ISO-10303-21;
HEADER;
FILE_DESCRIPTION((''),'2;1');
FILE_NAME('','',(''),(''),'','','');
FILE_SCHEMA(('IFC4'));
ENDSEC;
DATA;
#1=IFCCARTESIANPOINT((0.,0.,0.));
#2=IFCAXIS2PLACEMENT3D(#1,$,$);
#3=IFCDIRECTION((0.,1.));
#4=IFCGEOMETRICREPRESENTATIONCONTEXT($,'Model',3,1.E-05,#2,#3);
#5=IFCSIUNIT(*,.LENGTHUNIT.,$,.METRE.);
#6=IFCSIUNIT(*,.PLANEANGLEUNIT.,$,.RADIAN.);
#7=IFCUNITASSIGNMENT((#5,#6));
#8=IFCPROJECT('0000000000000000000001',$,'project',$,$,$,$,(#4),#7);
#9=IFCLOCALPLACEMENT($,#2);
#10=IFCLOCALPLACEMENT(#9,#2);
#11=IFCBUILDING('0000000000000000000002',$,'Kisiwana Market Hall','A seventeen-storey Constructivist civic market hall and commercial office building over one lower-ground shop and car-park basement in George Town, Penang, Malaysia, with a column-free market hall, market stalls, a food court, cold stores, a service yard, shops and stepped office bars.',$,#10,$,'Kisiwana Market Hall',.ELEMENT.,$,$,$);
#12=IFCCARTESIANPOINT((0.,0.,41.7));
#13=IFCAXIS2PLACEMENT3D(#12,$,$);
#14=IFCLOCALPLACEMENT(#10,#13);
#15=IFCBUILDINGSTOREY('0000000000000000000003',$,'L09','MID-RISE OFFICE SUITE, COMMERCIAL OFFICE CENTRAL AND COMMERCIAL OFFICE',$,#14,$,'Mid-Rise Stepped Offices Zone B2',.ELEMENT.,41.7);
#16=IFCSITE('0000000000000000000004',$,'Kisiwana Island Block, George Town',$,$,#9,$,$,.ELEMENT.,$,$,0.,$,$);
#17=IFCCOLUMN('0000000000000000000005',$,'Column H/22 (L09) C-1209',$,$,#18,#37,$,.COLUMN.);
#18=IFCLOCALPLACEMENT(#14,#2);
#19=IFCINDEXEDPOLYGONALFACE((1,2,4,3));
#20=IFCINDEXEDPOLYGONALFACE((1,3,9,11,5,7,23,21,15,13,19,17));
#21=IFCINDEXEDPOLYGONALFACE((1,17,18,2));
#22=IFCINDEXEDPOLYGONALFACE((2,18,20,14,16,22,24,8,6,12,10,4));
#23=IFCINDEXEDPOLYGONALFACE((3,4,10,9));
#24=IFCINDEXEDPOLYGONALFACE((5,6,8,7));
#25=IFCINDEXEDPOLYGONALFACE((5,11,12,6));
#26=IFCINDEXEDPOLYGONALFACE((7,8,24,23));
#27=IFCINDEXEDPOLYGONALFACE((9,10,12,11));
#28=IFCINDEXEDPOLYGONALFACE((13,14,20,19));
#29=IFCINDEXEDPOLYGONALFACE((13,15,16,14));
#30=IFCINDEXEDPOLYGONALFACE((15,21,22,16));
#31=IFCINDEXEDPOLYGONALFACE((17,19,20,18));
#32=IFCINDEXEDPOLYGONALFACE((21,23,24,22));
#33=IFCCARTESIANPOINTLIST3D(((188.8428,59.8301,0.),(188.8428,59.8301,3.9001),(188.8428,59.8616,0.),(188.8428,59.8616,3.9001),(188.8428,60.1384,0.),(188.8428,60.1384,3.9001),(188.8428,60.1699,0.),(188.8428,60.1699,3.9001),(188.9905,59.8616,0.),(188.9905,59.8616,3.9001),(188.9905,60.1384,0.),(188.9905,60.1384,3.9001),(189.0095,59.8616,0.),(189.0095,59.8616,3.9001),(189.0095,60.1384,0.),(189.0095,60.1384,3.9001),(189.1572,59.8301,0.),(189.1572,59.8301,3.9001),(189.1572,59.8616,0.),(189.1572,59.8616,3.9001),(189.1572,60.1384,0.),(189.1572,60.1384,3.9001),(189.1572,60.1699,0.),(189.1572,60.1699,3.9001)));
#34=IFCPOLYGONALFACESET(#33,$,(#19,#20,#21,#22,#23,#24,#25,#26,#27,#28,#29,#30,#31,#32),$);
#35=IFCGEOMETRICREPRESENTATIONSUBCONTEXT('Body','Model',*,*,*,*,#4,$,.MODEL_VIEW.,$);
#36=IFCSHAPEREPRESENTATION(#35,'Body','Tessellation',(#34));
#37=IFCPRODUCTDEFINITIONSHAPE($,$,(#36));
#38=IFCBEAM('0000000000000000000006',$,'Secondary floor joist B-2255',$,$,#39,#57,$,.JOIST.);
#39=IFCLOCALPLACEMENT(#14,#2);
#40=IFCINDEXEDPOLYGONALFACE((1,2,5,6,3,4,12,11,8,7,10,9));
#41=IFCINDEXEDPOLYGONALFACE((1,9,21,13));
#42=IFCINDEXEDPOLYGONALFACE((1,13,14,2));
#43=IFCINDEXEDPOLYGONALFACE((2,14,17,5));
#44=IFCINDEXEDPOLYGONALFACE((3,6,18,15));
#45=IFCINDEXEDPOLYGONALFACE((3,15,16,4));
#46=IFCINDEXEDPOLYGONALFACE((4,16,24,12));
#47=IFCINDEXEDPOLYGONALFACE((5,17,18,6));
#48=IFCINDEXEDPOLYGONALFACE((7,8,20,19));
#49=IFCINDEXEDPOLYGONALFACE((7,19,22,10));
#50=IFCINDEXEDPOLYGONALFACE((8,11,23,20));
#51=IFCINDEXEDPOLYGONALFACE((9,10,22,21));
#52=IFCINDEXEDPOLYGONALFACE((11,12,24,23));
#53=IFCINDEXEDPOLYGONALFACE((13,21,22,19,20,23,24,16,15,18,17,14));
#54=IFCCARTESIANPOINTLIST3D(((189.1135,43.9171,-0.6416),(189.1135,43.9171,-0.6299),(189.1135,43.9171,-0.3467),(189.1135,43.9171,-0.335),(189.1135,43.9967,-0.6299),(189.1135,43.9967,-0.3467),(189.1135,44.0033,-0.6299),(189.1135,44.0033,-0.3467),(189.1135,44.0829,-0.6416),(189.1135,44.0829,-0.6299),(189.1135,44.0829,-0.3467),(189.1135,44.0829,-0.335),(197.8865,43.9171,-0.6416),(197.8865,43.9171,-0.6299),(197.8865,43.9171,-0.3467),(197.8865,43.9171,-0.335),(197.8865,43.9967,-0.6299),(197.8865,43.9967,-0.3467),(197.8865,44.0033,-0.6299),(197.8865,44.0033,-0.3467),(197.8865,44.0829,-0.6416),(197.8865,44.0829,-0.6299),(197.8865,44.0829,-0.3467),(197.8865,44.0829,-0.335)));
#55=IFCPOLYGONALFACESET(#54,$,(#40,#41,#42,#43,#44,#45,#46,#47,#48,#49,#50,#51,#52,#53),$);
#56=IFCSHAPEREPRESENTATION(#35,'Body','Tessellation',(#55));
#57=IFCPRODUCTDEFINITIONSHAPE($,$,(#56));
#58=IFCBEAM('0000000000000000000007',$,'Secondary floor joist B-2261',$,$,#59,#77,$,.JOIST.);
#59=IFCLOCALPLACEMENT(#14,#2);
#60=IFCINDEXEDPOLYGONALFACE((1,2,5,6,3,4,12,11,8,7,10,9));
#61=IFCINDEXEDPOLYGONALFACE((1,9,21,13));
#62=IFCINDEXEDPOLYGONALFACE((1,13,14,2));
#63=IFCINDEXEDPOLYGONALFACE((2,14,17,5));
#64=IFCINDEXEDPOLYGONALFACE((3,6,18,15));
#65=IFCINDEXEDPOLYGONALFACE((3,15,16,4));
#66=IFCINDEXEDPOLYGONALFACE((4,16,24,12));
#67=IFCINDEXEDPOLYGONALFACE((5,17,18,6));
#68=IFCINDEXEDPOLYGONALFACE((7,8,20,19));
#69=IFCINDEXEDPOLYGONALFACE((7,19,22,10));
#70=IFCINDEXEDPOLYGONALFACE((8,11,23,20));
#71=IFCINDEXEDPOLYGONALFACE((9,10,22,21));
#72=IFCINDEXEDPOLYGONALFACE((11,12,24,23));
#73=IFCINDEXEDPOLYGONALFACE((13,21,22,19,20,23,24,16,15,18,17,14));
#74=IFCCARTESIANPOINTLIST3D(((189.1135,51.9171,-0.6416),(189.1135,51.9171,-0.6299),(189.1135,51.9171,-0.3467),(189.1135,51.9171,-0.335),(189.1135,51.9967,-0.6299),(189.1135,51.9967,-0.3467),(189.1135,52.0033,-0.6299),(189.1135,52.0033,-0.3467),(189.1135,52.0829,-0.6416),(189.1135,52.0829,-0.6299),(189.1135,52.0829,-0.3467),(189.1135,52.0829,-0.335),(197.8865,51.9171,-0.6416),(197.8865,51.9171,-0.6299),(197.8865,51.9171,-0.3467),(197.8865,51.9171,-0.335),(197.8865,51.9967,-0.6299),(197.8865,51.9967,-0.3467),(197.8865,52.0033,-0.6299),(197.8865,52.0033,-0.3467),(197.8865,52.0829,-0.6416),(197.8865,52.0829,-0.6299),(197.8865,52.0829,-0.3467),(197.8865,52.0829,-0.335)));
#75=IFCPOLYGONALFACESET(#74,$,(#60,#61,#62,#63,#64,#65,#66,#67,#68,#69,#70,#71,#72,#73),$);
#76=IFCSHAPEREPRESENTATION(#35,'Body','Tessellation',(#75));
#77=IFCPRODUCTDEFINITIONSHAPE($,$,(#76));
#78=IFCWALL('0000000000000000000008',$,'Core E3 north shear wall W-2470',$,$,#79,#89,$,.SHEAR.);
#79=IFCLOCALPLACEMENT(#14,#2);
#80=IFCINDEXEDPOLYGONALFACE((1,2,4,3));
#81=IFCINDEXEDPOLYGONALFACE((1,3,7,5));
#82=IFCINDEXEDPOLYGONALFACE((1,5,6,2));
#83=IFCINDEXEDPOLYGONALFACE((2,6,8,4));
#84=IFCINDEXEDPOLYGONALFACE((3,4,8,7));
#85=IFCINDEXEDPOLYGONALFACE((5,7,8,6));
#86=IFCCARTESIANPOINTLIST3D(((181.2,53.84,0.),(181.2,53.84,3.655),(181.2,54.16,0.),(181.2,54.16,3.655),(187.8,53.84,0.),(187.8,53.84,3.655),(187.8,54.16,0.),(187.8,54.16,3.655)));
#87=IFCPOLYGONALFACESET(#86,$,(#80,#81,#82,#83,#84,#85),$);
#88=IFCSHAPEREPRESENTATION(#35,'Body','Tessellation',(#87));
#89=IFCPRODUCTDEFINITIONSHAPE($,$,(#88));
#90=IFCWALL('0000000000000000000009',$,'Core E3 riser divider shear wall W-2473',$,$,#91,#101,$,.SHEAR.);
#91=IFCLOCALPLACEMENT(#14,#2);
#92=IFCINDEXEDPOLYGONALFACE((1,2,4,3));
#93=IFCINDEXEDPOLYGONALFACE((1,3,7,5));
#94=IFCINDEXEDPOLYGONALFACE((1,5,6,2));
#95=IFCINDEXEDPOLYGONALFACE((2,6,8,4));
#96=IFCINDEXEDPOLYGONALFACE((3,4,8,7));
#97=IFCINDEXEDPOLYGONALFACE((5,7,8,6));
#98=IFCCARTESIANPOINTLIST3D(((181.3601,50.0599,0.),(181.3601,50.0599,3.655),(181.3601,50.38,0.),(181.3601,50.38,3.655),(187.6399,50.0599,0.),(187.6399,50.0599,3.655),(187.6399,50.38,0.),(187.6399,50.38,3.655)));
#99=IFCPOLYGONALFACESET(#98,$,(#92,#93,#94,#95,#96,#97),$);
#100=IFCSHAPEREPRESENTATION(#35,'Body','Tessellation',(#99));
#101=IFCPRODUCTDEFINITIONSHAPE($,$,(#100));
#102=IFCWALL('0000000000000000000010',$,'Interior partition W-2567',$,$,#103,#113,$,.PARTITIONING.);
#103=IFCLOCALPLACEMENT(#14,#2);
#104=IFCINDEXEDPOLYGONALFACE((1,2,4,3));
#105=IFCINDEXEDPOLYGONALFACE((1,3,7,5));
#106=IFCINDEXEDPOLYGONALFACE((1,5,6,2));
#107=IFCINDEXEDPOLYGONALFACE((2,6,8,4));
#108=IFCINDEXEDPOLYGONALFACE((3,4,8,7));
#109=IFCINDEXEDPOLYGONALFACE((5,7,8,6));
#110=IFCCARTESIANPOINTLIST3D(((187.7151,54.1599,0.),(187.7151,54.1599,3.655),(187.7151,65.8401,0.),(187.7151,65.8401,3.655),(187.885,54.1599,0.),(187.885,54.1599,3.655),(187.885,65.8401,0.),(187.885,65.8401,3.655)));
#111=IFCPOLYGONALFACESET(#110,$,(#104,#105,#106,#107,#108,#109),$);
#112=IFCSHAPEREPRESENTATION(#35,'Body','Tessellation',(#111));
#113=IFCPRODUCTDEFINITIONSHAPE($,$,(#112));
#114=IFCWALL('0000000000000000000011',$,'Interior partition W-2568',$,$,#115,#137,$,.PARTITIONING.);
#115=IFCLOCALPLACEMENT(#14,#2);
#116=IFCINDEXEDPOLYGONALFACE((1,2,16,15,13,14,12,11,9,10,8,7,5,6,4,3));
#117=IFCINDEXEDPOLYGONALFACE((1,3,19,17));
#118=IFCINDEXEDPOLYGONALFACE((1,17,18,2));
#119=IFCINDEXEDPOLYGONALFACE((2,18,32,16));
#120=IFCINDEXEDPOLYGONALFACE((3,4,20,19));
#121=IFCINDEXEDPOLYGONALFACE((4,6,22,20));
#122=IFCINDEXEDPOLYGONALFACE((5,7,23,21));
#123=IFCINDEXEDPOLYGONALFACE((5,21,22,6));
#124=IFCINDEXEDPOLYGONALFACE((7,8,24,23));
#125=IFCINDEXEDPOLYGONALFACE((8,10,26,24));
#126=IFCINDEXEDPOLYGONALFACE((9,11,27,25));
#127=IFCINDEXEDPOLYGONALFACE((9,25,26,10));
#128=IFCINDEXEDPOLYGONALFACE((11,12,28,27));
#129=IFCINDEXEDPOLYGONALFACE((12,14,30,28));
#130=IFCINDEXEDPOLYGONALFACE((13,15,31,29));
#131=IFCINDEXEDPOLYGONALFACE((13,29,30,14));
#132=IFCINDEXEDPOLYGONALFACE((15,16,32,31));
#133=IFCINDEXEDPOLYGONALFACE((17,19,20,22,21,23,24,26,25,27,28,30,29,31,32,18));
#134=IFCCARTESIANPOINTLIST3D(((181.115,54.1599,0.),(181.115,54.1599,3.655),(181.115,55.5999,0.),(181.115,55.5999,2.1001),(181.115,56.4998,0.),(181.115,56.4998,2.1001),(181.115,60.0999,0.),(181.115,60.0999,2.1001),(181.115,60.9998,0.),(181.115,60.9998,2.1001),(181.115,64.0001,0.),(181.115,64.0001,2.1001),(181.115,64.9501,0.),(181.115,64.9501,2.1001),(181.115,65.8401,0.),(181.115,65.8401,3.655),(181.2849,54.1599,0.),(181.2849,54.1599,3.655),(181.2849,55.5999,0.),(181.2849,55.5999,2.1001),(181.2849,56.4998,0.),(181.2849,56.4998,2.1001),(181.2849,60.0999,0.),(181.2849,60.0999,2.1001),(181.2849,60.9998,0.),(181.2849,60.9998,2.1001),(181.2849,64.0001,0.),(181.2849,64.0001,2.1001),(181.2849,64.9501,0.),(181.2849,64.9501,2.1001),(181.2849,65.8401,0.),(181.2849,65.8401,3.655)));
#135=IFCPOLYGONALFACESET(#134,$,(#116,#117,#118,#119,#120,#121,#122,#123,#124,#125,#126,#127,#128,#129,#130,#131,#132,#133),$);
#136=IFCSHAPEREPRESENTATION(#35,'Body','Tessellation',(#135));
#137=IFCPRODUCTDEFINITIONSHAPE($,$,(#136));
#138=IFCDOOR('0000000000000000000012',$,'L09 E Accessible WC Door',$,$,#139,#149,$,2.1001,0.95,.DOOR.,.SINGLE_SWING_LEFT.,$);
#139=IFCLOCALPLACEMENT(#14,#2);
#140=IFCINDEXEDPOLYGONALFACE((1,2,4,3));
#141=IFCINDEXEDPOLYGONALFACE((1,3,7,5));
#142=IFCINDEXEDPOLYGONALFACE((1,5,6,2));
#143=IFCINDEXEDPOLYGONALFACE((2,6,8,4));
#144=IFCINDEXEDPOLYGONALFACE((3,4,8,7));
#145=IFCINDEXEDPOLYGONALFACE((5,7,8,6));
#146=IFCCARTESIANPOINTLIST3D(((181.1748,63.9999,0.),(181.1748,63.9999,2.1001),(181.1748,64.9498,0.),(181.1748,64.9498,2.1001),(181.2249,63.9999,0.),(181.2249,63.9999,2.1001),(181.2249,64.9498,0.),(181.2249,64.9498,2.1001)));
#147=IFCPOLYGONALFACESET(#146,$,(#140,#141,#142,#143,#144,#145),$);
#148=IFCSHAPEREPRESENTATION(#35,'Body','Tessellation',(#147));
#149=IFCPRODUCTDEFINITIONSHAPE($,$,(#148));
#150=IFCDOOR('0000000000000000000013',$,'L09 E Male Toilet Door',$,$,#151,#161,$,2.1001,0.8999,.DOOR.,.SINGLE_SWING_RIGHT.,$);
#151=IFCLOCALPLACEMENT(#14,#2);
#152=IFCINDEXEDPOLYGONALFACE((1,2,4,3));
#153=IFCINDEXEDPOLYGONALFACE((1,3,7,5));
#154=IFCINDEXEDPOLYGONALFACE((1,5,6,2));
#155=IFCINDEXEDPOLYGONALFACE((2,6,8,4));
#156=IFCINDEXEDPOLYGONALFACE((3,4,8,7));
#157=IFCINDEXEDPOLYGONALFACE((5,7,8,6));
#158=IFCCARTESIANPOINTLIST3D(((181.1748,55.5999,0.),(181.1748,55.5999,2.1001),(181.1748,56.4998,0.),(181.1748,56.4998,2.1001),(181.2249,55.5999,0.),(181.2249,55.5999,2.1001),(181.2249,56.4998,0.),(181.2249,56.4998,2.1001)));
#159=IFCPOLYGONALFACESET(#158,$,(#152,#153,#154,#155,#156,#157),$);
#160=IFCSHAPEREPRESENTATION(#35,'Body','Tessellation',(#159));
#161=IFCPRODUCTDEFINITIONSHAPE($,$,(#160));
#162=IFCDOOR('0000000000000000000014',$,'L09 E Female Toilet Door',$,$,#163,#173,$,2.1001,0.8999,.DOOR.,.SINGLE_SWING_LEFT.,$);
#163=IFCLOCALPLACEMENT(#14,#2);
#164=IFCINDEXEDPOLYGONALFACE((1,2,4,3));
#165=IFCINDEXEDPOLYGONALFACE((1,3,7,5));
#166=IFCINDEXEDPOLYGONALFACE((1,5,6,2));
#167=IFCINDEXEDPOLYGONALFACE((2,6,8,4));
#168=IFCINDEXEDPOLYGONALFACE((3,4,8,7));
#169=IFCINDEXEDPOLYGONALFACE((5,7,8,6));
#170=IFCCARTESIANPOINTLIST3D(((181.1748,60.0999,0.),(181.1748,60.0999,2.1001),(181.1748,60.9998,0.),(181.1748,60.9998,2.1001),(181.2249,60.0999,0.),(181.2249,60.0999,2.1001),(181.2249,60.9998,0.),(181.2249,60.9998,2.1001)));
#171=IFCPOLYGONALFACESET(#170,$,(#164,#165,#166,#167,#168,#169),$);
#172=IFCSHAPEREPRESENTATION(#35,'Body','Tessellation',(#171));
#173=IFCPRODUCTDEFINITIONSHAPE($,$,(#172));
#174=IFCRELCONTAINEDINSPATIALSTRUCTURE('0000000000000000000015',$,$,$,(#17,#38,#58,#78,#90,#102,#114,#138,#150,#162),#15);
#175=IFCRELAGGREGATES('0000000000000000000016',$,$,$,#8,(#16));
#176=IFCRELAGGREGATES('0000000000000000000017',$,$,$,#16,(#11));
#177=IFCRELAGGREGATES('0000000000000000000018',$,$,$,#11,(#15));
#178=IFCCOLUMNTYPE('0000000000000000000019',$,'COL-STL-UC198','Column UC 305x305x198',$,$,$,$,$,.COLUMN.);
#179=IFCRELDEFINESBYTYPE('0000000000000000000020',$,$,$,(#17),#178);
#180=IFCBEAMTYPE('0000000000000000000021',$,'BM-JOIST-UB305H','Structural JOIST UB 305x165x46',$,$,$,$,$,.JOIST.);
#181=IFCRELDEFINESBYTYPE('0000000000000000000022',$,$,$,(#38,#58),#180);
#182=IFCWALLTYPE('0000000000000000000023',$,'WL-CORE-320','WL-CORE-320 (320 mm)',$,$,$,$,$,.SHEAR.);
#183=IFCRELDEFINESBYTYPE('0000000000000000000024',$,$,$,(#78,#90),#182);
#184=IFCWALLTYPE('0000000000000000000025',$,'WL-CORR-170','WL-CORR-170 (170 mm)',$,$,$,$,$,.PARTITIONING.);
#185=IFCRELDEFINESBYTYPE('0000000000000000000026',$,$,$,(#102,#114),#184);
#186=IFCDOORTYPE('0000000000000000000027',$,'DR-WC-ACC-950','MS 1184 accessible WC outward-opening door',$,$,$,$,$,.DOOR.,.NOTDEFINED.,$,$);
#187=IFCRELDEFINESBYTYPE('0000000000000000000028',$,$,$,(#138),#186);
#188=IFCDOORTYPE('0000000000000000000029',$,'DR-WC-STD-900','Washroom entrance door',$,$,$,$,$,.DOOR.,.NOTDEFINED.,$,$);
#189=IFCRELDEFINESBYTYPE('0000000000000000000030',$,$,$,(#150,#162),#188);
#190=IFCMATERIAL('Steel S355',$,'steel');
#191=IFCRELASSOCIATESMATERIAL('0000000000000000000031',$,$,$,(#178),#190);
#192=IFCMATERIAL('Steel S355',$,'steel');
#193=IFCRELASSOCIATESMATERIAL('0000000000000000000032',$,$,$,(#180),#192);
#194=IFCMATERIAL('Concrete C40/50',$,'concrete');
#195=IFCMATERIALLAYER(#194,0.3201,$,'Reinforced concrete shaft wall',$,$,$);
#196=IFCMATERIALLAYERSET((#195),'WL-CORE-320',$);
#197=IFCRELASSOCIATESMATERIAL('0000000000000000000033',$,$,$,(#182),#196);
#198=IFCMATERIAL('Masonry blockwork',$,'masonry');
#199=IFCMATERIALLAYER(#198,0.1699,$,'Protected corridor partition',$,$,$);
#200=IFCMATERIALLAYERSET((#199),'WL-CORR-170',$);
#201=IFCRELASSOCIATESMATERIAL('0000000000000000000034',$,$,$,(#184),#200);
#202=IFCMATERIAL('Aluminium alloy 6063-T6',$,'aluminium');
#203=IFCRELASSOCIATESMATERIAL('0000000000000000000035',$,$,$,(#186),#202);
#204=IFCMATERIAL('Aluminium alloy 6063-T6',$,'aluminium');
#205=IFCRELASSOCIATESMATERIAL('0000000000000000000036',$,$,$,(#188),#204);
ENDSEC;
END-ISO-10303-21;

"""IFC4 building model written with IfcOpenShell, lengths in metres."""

from ifc_helpers import new_model, si_unit, direction, frame, frame_2d, origin, origin_2d, place, context, subcontext, project, spatial, rectangle, i_section, extrude, material, layer, layer_set, material_profile, profile_set, type_object, element, fill, save


model = new_model("IFC4")

# Units and contexts
model_context = context("Model", 3, precision=1e-05, world=origin(), true_north=direction((0.0, 1.0)))
body_context = subcontext(model_context, "Body", "Model", "MODEL_VIEW")
ifc_project = project(units=[si_unit("LENGTHUNIT", "METRE"), si_unit("PLANEANGLEUNIT", "RADIAN")], contexts=[model_context])

# Site, building, storey
site_placement = place(None, origin())
site = spatial("IfcSite", under=ifc_project, at=site_placement, Name="Kisiwana Island Block, George Town", CompositionType="ELEMENT", RefElevation=0.0)
building_placement = place(site_placement, origin())
building = spatial("IfcBuilding", under=site, at=building_placement, Name="Kisiwana Market Hall", Description="A seventeen-storey Constructivist civic market hall and commercial office building over one lower-ground shop and car-park basement in George Town, Penang, Malaysia, with a column-free market hall, market stalls, a food court, cold stores, a service yard, shops and stepped office bars.", LongName="Kisiwana Market Hall", CompositionType="ELEMENT")
storey_placement = place(building_placement, frame((0.0, 0.0, 41.7)))
storey = spatial("IfcBuildingStorey", under=building, at=storey_placement, Name="L09", Description="MID-RISE OFFICE SUITE, COMMERCIAL OFFICE CENTRAL AND COMMERCIAL OFFICE", LongName="Mid-Rise Stepped Offices Zone B2", CompositionType="ELEMENT", Elevation=41.7)

# Column
ifc_material_1 = material(Name="Steel S355", Category="steel")
ifc_material_profile_1 = material_profile(ifc_material_1, i_section(OverallWidth=0.3145, OverallDepth=0.3398, WebThickness=0.019, FlangeThickness=0.0315, at=origin_2d()), Name="UC 305x305x198")
ifc_profile_set_1 = profile_set([ifc_material_profile_1], Name="Steel S355")
column_type = type_object("IfcColumnType", Name="COL-STL-UC198", Description="Column UC 305x305x198", PredefinedType="COLUMN", material=ifc_profile_set_1)
column_placement = place(storey_placement, frame((189.0, 60.0, 0.0), z_axis=(0.0, 0.0, 1.0), x_axis=(1.0, 0.0, 0.0)))
element("IfcColumn", 1, at=column_placement, inside=storey, type_object=column_type, Name="Column H/22 (L09) C-1209", PredefinedType="COLUMN", context=body_context, shape_type="SweptSolid", body=[
    extrude(i_section(OverallWidth=0.3145, OverallDepth=0.3398, WebThickness=0.019, FlangeThickness=0.0315, at=origin_2d()), origin(), (0.0, 0.0, 1.0), 3.9001),
])

# Beams
ifc_material_2 = material(Name="Steel S355", Category="steel")
ifc_material_profile_2 = material_profile(ifc_material_2, i_section(OverallWidth=0.1658, OverallDepth=0.3066, WebThickness=0.0066, FlangeThickness=0.0117, at=origin_2d()), Name="UB 305x165x46")
ifc_profile_set_2 = profile_set([ifc_material_profile_2], Name="Steel S355")
beam_type = type_object("IfcBeamType", Name="BM-JOIST-UB305H", Description="Structural JOIST UB 305x165x46", PredefinedType="JOIST", material=ifc_profile_set_2)
for number, where, z_axis, x_axis, name in (
    (2, (189.1135, 44.0, -0.4883), (1.0, 0.0, 0.0), (0.0, 1.0, 0.0), "Secondary floor joist B-2255"),
    (3, (189.1135, 52.0, -0.4883), (1.0, 0.0, 0.0), (0.0, 1.0, 0.0), "Secondary floor joist B-2261"),
):
    element("IfcBeam", number, at=place(storey_placement, frame(where, z_axis=z_axis, x_axis=x_axis)), inside=storey, type_object=beam_type, Name=name, PredefinedType="JOIST", context=body_context, shape_type="SweptSolid", body=[
        extrude(i_section(OverallWidth=0.1658, OverallDepth=0.3066, WebThickness=0.0066, FlangeThickness=0.0117, at=origin_2d()), origin(), (0.0, 0.0, 1.0), 8.7729),
    ])

# Walls
ifc_material_3 = material(Name="Concrete C40/50", Category="concrete")
ifc_layer_1 = layer(ifc_material_3, 0.3201, Name="Reinforced concrete shaft wall")
ifc_layer_set_1 = layer_set([ifc_layer_1], Name="WL-CORE-320")
wall_type_1 = type_object("IfcWallType", Name="WL-CORE-320", Description="WL-CORE-320 (320 mm)", PredefinedType="SHEAR", material=ifc_layer_set_1)
wall_1_placement = place(storey_placement, frame((181.2, 54.0, 0.0), z_axis=(0.0, 0.0, 1.0), x_axis=(1.0, 0.0, 0.0)))
element("IfcWall", 4, at=wall_1_placement, inside=storey, type_object=wall_type_1, Name="Core E3 north shear wall W-2470", PredefinedType="SHEAR", context=body_context, shape_type="SweptSolid", body=[
    extrude(rectangle(XDim=6.6001, YDim=0.3201, at=frame_2d((3.3, 0.0))), origin(), (0.0, 0.0, 1.0), 3.655),
])
wall_2_placement = place(storey_placement, frame((181.3601, 50.22, 0.0), z_axis=(0.0, 0.0, 1.0), x_axis=(1.0, 0.0, 0.0)))
element("IfcWall", 5, at=wall_2_placement, inside=storey, type_object=wall_type_1, Name="Core E3 riser divider shear wall W-2473", PredefinedType="SHEAR", context=body_context, shape_type="SweptSolid", body=[
    extrude(rectangle(XDim=6.2798, YDim=0.3201, at=frame_2d((3.1399, 0.0))), origin(), (0.0, 0.0, 1.0), 3.655),
])
ifc_material_4 = material(Name="Masonry blockwork", Category="masonry")
ifc_layer_2 = layer(ifc_material_4, 0.1699, Name="Protected corridor partition")
ifc_layer_set_2 = layer_set([ifc_layer_2], Name="WL-CORR-170")
wall_type_2 = type_object("IfcWallType", Name="WL-CORR-170", Description="WL-CORR-170 (170 mm)", PredefinedType="PARTITIONING", material=ifc_layer_set_2)
wall_3_placement = place(storey_placement, frame((187.8, 54.1599, 0.0), z_axis=(0.0, 0.0, 1.0), x_axis=(0.0, 1.0, 0.0)))
element("IfcWall", 6, at=wall_3_placement, inside=storey, type_object=wall_type_2, Name="Interior partition W-2567", PredefinedType="PARTITIONING", context=body_context, shape_type="SweptSolid", body=[
    extrude(rectangle(XDim=11.6802, YDim=0.1699, at=frame_2d((5.8401, 0.0))), origin(), (0.0, 0.0, 1.0), 3.655),
])

# Wall, openings, doors
wall_4_placement = place(storey_placement, frame((181.2, 54.1599, 0.0), z_axis=(0.0, 0.0, 1.0), x_axis=(0.0, 1.0, 0.0)))
wall_4 = element("IfcWall", 7, at=wall_4_placement, inside=storey, type_object=wall_type_2, Name="Interior partition W-2568", PredefinedType="PARTITIONING", context=body_context, shape_type="SweptSolid", body=[
    extrude(rectangle(XDim=11.6802, YDim=0.1699, at=frame_2d((5.8401, 0.0))), origin(), (0.0, 0.0, 1.0), 3.655),
])
opening_1_placement = place(wall_4_placement, frame((1.4399, 0.0, 0.0)))
opening_1 = element("IfcOpeningElement", 8, at=opening_1_placement, cuts=wall_4, PredefinedType="OPENING", context=body_context, shape_type="SweptSolid", body=[
    extrude(rectangle(XDim=0.8999, YDim=2.1001, at=frame_2d((0.45, 1.05))), frame((0.0, 0.0969, 0.0), z_axis=(0.0, -1.0, 0.0), x_axis=(1.0, 0.0, 0.0)), (0.0, 0.0, 1.0), 0.1938),
])
opening_2_placement = place(wall_4_placement, frame((5.9399, 0.0, 0.0)))
opening_2 = element("IfcOpeningElement", 9, at=opening_2_placement, cuts=wall_4, PredefinedType="OPENING", context=body_context, shape_type="SweptSolid", body=[
    extrude(rectangle(XDim=0.8999, YDim=2.1001, at=frame_2d((0.45, 1.05))), frame((0.0, 0.0969, 0.0), z_axis=(0.0, -1.0, 0.0), x_axis=(1.0, 0.0, 0.0)), (0.0, 0.0, 1.0), 0.1938),
])
opening_3_placement = place(wall_4_placement, frame((9.8401, 0.0, 0.0)))
opening_3 = element("IfcOpeningElement", 10, at=opening_3_placement, cuts=wall_4, PredefinedType="OPENING", context=body_context, shape_type="SweptSolid", body=[
    extrude(rectangle(XDim=0.95, YDim=2.1001, at=frame_2d((0.4751, 1.05))), frame((0.0, 0.0969, 0.0), z_axis=(0.0, -1.0, 0.0), x_axis=(1.0, 0.0, 0.0)), (0.0, 0.0, 1.0), 0.1938),
])
ifc_material_5 = material(Name="Aluminium alloy 6063-T6", Category="aluminium")
door_type_1 = type_object("IfcDoorType", Name="DR-WC-ACC-950", Description="MS 1184 accessible WC outward-opening door", OperationType="NOTDEFINED", PredefinedType="DOOR", material=ifc_material_5)
door_1_placement = place(opening_3_placement, frame((0.95, 0.0, 0.0), z_axis=(0.0, 0.0, 1.0), x_axis=(-1.0, 0.0, 0.0)))
door_1 = element("IfcDoor", 11, at=door_1_placement, inside=storey, type_object=door_type_1, Name="L09 E Accessible WC Door", OperationType="SINGLE_SWING_LEFT", OverallHeight=2.1001, OverallWidth=0.95, PredefinedType="DOOR", context=body_context, shape_type="SweptSolid", body=[
    extrude(rectangle(XDim=0.95, YDim=2.1001, at=frame_2d((0.4751, 1.05))), frame((0.0, 0.0249, 0.0), z_axis=(0.0, -1.0, 0.0), x_axis=(1.0, 0.0, 0.0)), (0.0, 0.0, 1.0), 0.05),
])
fill(opening_3, door_1)
ifc_material_6 = material(Name="Aluminium alloy 6063-T6", Category="aluminium")
door_type_2 = type_object("IfcDoorType", Name="DR-WC-STD-900", Description="Washroom entrance door", OperationType="NOTDEFINED", PredefinedType="DOOR", material=ifc_material_6)
door_2_placement = place(opening_1_placement, frame((0.8999, 0.0, 0.0), z_axis=(0.0, 0.0, 1.0), x_axis=(-1.0, 0.0, 0.0)))
door_2 = element("IfcDoor", 12, at=door_2_placement, inside=storey, type_object=door_type_2, Name="L09 E Male Toilet Door", OperationType="SINGLE_SWING_RIGHT", OverallHeight=2.1001, OverallWidth=0.8999, PredefinedType="DOOR", context=body_context, shape_type="SweptSolid", body=[
    extrude(rectangle(XDim=0.8999, YDim=2.1001, at=frame_2d((0.45, 1.05))), frame((0.0, 0.0249, 0.0), z_axis=(0.0, -1.0, 0.0), x_axis=(1.0, 0.0, 0.0)), (0.0, 0.0, 1.0), 0.05),
])
fill(opening_1, door_2)
door_3_placement = place(opening_2_placement, frame((0.8999, 0.0, 0.0), z_axis=(0.0, 0.0, 1.0), x_axis=(-1.0, 0.0, 0.0)))
door_3 = element("IfcDoor", 13, at=door_3_placement, inside=storey, type_object=door_type_2, Name="L09 E Female Toilet Door", OperationType="SINGLE_SWING_LEFT", OverallHeight=2.1001, OverallWidth=0.8999, PredefinedType="DOOR", context=body_context, shape_type="SweptSolid", body=[
    extrude(rectangle(XDim=0.8999, YDim=2.1001, at=frame_2d((0.45, 1.05))), frame((0.0, 0.0249, 0.0), z_axis=(0.0, -1.0, 0.0), x_axis=(1.0, 0.0, 0.0)), (0.0, 0.0, 1.0), 0.05),
])
fill(opening_2, door_3)

save(model, "model.ifc")
